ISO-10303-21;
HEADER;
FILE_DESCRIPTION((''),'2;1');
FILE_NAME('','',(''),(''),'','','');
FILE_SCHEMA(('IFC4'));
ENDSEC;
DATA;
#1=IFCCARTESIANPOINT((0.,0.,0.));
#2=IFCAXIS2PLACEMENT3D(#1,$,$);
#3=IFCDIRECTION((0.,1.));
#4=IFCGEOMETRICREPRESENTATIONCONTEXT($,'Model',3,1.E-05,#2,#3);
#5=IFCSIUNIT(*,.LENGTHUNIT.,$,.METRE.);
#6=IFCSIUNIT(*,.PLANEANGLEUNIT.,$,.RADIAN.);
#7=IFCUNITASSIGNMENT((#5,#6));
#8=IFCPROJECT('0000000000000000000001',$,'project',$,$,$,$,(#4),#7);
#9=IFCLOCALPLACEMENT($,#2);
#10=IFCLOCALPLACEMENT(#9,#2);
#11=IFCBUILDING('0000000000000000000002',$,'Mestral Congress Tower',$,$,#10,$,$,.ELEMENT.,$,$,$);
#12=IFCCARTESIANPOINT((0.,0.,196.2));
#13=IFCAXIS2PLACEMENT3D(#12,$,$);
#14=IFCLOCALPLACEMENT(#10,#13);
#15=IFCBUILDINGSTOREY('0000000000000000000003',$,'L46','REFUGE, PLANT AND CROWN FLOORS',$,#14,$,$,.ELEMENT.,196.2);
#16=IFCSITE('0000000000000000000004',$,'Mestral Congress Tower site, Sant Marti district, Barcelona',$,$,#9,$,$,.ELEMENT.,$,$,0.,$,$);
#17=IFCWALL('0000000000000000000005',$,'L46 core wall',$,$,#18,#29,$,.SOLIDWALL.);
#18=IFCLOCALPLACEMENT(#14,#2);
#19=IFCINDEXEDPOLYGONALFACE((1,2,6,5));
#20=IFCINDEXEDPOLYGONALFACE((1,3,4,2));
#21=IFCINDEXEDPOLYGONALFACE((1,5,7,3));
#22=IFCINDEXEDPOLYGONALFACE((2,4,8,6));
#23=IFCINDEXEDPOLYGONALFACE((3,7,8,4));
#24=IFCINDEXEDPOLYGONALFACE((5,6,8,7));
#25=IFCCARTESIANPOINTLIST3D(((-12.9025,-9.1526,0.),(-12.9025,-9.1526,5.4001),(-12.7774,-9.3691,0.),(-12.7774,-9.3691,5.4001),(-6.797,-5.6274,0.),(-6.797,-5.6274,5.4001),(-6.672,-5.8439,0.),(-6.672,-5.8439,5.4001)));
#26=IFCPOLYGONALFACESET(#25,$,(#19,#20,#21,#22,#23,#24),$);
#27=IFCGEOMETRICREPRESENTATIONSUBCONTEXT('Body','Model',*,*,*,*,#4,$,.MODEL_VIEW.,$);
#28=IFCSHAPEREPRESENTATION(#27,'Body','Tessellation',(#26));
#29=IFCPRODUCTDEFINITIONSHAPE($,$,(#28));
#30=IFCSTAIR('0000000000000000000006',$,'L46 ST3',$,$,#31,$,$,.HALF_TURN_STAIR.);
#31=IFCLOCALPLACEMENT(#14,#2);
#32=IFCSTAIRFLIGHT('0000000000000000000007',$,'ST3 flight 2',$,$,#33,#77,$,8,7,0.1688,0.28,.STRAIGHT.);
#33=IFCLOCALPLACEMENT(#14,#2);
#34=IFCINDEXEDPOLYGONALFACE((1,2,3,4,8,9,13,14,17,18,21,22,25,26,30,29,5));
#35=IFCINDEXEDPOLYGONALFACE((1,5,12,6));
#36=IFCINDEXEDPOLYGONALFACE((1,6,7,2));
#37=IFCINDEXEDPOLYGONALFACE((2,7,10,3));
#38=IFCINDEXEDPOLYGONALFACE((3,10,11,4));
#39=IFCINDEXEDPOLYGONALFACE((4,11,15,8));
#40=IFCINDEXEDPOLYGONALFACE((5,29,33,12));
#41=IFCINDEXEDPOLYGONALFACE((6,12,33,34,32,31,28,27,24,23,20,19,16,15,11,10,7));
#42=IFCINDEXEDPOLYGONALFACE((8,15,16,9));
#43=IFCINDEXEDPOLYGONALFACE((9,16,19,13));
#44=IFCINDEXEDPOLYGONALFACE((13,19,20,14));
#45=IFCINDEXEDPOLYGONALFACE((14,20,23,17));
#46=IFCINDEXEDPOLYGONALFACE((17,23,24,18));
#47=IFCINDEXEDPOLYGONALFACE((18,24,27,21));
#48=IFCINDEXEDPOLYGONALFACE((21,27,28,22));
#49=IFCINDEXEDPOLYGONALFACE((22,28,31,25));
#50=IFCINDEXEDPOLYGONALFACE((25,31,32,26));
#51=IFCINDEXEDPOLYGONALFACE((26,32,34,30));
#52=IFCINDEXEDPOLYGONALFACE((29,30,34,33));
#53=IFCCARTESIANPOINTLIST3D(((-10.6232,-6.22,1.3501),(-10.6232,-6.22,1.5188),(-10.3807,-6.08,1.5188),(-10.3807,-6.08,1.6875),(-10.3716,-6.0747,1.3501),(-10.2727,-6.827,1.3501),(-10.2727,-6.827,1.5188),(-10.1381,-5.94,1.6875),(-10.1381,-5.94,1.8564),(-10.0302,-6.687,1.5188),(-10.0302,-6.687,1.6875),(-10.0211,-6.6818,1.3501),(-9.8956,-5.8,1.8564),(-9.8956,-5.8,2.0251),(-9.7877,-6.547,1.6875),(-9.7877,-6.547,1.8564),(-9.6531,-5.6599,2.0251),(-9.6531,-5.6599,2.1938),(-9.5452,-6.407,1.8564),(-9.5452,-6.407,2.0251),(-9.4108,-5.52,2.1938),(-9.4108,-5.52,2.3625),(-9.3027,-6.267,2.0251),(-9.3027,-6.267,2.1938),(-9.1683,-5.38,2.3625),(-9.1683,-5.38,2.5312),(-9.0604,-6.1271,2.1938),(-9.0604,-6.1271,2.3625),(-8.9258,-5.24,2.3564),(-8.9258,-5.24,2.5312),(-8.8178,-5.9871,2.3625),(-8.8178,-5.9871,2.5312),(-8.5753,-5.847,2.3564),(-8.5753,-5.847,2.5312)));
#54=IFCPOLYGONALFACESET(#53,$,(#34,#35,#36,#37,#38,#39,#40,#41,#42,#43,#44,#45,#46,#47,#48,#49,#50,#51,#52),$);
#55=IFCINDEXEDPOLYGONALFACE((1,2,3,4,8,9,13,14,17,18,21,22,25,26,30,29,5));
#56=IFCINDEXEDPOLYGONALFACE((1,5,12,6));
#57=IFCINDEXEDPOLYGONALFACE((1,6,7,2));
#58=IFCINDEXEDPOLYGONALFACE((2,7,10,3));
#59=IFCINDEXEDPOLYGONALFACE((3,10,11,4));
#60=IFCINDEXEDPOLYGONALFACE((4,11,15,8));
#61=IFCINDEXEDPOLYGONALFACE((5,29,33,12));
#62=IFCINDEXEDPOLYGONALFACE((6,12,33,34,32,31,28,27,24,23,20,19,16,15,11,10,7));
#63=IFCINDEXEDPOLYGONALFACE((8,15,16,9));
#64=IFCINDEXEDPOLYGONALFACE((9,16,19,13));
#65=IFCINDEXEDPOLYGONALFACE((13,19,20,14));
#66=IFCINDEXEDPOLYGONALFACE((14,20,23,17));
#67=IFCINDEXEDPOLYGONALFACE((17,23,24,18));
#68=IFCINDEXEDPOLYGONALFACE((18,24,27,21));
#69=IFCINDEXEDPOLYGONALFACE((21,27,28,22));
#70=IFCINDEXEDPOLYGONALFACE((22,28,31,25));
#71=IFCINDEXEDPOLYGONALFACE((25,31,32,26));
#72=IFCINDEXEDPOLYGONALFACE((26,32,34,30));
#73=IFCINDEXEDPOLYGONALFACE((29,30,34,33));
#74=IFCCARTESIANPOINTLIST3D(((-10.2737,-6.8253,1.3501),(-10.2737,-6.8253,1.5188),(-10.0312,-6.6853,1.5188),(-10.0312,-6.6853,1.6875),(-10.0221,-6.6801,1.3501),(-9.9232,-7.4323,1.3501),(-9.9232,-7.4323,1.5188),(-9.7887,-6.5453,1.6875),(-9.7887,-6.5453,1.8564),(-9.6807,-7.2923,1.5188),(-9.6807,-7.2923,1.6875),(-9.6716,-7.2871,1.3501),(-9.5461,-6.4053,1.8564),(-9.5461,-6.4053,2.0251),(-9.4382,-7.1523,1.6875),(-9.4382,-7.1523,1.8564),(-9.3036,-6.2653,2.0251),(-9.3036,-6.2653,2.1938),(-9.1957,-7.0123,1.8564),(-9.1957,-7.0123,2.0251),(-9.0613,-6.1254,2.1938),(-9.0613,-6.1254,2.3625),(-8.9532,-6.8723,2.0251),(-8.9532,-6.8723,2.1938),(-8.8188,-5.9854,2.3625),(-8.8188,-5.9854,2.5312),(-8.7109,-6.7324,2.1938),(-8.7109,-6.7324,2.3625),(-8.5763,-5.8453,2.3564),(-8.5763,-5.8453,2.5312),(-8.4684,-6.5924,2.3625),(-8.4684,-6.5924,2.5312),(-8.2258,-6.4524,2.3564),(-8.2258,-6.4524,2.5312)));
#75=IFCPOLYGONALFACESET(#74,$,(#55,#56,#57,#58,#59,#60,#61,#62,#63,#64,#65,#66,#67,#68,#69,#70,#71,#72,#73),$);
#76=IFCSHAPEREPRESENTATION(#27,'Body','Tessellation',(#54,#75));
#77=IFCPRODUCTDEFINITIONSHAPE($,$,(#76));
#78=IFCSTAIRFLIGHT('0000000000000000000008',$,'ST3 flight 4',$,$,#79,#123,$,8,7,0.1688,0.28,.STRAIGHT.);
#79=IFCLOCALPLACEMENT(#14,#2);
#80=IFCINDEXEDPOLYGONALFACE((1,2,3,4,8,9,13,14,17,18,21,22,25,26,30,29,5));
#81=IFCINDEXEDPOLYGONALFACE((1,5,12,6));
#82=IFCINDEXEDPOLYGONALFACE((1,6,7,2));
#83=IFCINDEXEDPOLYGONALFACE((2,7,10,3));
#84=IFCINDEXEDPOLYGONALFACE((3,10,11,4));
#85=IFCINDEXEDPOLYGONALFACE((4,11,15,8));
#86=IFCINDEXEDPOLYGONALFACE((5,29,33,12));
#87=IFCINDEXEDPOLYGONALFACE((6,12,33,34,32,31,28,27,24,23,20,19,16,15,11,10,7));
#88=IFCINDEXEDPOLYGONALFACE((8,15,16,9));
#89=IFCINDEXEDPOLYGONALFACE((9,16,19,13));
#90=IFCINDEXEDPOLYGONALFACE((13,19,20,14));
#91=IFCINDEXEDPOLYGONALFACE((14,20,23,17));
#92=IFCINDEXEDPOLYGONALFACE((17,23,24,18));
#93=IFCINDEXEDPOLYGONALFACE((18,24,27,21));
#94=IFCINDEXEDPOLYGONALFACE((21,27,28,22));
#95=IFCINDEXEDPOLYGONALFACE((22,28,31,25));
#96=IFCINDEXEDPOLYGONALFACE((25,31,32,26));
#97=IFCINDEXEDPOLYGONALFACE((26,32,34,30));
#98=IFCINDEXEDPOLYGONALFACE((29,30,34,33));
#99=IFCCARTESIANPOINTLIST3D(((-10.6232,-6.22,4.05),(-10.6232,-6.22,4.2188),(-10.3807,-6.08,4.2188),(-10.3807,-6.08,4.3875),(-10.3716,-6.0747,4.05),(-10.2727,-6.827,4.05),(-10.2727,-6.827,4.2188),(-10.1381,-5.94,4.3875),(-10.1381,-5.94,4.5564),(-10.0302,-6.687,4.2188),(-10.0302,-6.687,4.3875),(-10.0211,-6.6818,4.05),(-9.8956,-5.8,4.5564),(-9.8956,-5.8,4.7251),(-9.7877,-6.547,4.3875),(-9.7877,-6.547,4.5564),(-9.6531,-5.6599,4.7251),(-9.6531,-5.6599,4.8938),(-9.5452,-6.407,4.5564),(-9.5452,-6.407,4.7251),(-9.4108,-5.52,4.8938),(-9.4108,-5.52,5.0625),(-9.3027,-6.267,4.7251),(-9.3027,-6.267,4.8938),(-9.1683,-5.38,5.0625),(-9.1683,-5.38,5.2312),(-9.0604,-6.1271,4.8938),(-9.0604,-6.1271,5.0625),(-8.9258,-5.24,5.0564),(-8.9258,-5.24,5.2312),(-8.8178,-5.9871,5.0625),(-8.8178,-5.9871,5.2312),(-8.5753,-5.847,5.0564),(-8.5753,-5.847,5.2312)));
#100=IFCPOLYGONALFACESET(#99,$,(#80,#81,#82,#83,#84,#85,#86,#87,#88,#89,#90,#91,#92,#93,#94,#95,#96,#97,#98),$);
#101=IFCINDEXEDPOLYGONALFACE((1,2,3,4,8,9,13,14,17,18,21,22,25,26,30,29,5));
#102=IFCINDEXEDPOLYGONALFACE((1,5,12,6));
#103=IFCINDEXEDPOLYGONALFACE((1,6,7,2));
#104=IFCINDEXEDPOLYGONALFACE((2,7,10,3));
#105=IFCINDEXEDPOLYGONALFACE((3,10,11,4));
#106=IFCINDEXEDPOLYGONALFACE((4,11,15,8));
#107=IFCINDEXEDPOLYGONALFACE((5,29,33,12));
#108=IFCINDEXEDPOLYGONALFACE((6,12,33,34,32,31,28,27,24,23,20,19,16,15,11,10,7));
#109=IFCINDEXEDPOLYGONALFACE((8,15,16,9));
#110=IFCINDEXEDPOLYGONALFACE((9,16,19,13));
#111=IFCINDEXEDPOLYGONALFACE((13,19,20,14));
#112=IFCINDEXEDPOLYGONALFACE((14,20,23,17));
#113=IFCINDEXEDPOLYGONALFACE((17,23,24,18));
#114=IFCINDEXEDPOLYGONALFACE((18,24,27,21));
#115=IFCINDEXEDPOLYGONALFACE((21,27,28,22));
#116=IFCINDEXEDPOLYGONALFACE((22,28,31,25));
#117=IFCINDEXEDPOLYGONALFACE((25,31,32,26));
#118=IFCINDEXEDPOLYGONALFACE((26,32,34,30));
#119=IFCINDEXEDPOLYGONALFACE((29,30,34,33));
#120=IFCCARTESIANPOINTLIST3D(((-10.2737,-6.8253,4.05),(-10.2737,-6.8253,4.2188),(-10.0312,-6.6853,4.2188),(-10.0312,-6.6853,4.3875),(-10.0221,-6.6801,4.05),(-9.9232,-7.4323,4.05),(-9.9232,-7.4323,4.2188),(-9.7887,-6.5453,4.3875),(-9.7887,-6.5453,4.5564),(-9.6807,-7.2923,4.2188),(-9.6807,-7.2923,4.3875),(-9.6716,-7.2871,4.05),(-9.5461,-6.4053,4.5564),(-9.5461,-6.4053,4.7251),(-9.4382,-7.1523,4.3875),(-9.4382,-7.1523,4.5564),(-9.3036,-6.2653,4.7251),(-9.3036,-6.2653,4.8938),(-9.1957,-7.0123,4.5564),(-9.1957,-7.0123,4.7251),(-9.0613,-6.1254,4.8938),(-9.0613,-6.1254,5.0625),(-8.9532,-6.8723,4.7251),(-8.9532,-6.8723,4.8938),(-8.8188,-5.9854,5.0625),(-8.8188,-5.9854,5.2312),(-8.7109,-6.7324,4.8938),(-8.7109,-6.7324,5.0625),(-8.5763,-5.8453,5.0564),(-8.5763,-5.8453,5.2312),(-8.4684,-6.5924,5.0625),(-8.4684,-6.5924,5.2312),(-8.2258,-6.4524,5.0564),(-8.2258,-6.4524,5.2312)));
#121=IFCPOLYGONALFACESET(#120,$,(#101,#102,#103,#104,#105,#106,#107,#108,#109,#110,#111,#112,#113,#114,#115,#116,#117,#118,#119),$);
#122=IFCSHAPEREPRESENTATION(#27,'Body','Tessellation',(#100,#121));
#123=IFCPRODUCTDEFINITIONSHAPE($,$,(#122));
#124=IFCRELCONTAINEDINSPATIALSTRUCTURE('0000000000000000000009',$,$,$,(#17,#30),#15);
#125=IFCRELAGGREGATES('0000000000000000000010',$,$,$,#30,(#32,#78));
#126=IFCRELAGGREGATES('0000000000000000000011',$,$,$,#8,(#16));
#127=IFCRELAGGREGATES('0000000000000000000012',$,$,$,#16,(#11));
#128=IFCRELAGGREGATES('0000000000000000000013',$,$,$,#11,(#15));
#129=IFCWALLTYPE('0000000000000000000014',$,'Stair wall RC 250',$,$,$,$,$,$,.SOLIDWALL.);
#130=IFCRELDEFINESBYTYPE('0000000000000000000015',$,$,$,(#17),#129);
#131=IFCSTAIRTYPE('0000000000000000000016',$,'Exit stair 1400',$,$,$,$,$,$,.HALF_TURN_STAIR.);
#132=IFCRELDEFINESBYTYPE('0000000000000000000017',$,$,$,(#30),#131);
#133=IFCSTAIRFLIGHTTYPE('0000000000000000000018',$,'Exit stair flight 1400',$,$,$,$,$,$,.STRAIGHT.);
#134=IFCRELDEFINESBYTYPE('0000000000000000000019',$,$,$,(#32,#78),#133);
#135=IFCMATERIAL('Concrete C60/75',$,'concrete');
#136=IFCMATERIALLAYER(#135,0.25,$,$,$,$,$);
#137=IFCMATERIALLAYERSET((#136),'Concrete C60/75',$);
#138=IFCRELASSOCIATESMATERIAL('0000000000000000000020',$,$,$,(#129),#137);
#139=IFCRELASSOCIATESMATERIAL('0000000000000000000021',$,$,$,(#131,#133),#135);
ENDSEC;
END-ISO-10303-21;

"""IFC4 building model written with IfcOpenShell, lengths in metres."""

from ifc_helpers import new_model, si_unit, direction, frame, frame_2d, origin, place, context, subcontext, project, spatial, polyline, rectangle, outline, extrude, material, layer, layer_set, type_object, element, aggregate, save


model = new_model("IFC4")

# Units and contexts
model_context = context("Model", 3, precision=1e-05, world=origin(), true_north=direction((0.0, 1.0)))
body_context = subcontext(model_context, "Body", "Model", "MODEL_VIEW")
ifc_project = project(units=[si_unit("LENGTHUNIT", "METRE"), si_unit("PLANEANGLEUNIT", "RADIAN")], contexts=[model_context])

# Site, building, storey
site_placement = place(None, origin())
site = spatial("IfcSite", under=ifc_project, at=site_placement, Name="Mestral Congress Tower site, Sant Marti district, Barcelona", CompositionType="ELEMENT", RefElevation=0.0)
building_placement = place(site_placement, origin())
building = spatial("IfcBuilding", under=site, at=building_placement, Name="Mestral Congress Tower", CompositionType="ELEMENT")
storey_placement = place(building_placement, frame((0.0, 0.0, 196.2)))
storey = spatial("IfcBuildingStorey", under=building, at=storey_placement, Name="L46", Description="REFUGE, PLANT AND CROWN FLOORS", CompositionType="ELEMENT", Elevation=196.2)

# Shared definitions
placement = place(storey_placement, origin())

# Shared definitions
ifc_material_1 = material(Name="Concrete C60/75", Category="concrete")

# Wall
ifc_layer_1 = layer(ifc_material_1, 0.25)
ifc_layer_set_1 = layer_set([ifc_layer_1], Name="Concrete C60/75")
wall_type_1 = type_object("IfcWallType", Name="Stair wall RC 250", PredefinedType="SOLIDWALL", material=ifc_layer_set_1)
wall_1_placement = place(storey_placement, frame((-12.8398, -9.2607, 0.0), z_axis=(0.0, 0.0, 1.0), x_axis=(0.866016, 0.500016, 0.0)))
element("IfcWall", 1, at=wall_1_placement, inside=storey, type_object=wall_type_1, Name="L46 core wall", PredefinedType="SOLIDWALL", context=body_context, shape_type="SweptSolid", body=[
    extrude(rectangle(XDim=7.05, YDim=0.25, at=frame_2d((3.5249, 0.0))), origin(), (0.0, 0.0, 1.0), 5.4001),
])

# Stair, stair flights
stair_type = type_object("IfcStairType", Name="Exit stair 1400", PredefinedType="HALF_TURN_STAIR", material=ifc_material_1)
stair = element("IfcStair", 2, at=placement, inside=storey, type_object=stair_type, Name="L46 ST3", PredefinedType="HALF_TURN_STAIR")
stair_flight_type = type_object("IfcStairFlightType", Name="Exit stair flight 1400", PredefinedType="STRAIGHT", material=ifc_material_1)
stair_flight_1_placement = place(storey_placement, frame((-10.2732, -6.8262, 1.3501), z_axis=(0.0, 0.0, 1.0), x_axis=(0.866025, 0.5, 0.0)))
stair_flight_1 = element("IfcStairFlight", 3, at=stair_flight_1_placement, type_object=stair_flight_type, Name="ST3 flight 2", NumberOfRisers=8, NumberOfTreads=7, PredefinedType="STRAIGHT", RiserHeight=0.1688, TreadLength=0.28, context=body_context, shape_type="SweptSolid", body=[
    extrude(outline(polyline([(0.0, 0.0), (0.0, 0.1687), (0.28, 0.1687), (0.28, 0.3374), (0.5601, 0.3374), (0.5601, 0.5063), (0.8401, 0.5063), (0.8401, 0.675), (1.1201, 0.675), (1.1201, 0.8438), (1.3999, 0.8438), (1.3999, 1.0125), (1.6799, 1.0125), (1.6799, 1.1812), (1.96, 1.1812), (1.96, 1.3501), (1.96, 1.0063), (0.2905, 0.0), (0.0, 0.0)])), frame((0.0, 0.7, 0.0), z_axis=(0.0, -1.0, 0.0), x_axis=(1.0, 0.0, 0.0)), (0.0, 0.0, 1.0), 0.7009),
    extrude(outline(polyline([(0.0, 0.0), (0.0, 0.1687), (0.28, 0.1687), (0.28, 0.3374), (0.5601, 0.3374), (0.5601, 0.5063), (0.8401, 0.5063), (0.8401, 0.675), (1.1201, 0.675), (1.1201, 0.8438), (1.3999, 0.8438), (1.3999, 1.0125), (1.6799, 1.0125), (1.6799, 1.1812), (1.96, 1.1812), (1.96, 1.3501), (1.96, 1.0063), (0.2905, 0.0), (0.0, 0.0)])), frame((0.0, 0.001, 0.0), z_axis=(0.0, -1.0, 0.0), x_axis=(1.0, 0.0, 0.0)), (0.0, 0.0, 1.0), 0.7009),
])
stair_flight_2_placement = place(storey_placement, frame((-10.2732, -6.8262, 4.05), z_axis=(0.0, 0.0, 1.0), x_axis=(0.866025, 0.5, 0.0)))
stair_flight_2 = element("IfcStairFlight", 4, at=stair_flight_2_placement, type_object=stair_flight_type, Name="ST3 flight 4", NumberOfRisers=8, NumberOfTreads=7, PredefinedType="STRAIGHT", RiserHeight=0.1688, TreadLength=0.28, context=body_context, shape_type="SweptSolid", body=[
    extrude(outline(polyline([(0.0, 0.0), (0.0, 0.1687), (0.28, 0.1687), (0.28, 0.3374), (0.5601, 0.3374), (0.5601, 0.5063), (0.8401, 0.5063), (0.8401, 0.675), (1.1201, 0.675), (1.1201, 0.8438), (1.3999, 0.8438), (1.3999, 1.0125), (1.6799, 1.0125), (1.6799, 1.1812), (1.96, 1.1812), (1.96, 1.3501), (1.96, 1.0063), (0.2905, 0.0), (0.0, 0.0)])), frame((0.0, 0.7, 0.0), z_axis=(0.0, -1.0, 0.0), x_axis=(1.0, 0.0, 0.0)), (0.0, 0.0, 1.0), 0.7009),
    extrude(outline(polyline([(0.0, 0.0), (0.0, 0.1687), (0.28, 0.1687), (0.28, 0.3374), (0.5601, 0.3374), (0.5601, 0.5063), (0.8401, 0.5063), (0.8401, 0.675), (1.1201, 0.675), (1.1201, 0.8438), (1.3999, 0.8438), (1.3999, 1.0125), (1.6799, 1.0125), (1.6799, 1.1812), (1.96, 1.1812), (1.96, 1.3501), (1.96, 1.0063), (0.2905, 0.0), (0.0, 0.0)])), frame((0.0, 0.001, 0.0), z_axis=(0.0, -1.0, 0.0), x_axis=(1.0, 0.0, 0.0)), (0.0, 0.0, 1.0), 0.7009),
])
aggregate(stair, [stair_flight_1, stair_flight_2])

save(model, "model.ifc")
